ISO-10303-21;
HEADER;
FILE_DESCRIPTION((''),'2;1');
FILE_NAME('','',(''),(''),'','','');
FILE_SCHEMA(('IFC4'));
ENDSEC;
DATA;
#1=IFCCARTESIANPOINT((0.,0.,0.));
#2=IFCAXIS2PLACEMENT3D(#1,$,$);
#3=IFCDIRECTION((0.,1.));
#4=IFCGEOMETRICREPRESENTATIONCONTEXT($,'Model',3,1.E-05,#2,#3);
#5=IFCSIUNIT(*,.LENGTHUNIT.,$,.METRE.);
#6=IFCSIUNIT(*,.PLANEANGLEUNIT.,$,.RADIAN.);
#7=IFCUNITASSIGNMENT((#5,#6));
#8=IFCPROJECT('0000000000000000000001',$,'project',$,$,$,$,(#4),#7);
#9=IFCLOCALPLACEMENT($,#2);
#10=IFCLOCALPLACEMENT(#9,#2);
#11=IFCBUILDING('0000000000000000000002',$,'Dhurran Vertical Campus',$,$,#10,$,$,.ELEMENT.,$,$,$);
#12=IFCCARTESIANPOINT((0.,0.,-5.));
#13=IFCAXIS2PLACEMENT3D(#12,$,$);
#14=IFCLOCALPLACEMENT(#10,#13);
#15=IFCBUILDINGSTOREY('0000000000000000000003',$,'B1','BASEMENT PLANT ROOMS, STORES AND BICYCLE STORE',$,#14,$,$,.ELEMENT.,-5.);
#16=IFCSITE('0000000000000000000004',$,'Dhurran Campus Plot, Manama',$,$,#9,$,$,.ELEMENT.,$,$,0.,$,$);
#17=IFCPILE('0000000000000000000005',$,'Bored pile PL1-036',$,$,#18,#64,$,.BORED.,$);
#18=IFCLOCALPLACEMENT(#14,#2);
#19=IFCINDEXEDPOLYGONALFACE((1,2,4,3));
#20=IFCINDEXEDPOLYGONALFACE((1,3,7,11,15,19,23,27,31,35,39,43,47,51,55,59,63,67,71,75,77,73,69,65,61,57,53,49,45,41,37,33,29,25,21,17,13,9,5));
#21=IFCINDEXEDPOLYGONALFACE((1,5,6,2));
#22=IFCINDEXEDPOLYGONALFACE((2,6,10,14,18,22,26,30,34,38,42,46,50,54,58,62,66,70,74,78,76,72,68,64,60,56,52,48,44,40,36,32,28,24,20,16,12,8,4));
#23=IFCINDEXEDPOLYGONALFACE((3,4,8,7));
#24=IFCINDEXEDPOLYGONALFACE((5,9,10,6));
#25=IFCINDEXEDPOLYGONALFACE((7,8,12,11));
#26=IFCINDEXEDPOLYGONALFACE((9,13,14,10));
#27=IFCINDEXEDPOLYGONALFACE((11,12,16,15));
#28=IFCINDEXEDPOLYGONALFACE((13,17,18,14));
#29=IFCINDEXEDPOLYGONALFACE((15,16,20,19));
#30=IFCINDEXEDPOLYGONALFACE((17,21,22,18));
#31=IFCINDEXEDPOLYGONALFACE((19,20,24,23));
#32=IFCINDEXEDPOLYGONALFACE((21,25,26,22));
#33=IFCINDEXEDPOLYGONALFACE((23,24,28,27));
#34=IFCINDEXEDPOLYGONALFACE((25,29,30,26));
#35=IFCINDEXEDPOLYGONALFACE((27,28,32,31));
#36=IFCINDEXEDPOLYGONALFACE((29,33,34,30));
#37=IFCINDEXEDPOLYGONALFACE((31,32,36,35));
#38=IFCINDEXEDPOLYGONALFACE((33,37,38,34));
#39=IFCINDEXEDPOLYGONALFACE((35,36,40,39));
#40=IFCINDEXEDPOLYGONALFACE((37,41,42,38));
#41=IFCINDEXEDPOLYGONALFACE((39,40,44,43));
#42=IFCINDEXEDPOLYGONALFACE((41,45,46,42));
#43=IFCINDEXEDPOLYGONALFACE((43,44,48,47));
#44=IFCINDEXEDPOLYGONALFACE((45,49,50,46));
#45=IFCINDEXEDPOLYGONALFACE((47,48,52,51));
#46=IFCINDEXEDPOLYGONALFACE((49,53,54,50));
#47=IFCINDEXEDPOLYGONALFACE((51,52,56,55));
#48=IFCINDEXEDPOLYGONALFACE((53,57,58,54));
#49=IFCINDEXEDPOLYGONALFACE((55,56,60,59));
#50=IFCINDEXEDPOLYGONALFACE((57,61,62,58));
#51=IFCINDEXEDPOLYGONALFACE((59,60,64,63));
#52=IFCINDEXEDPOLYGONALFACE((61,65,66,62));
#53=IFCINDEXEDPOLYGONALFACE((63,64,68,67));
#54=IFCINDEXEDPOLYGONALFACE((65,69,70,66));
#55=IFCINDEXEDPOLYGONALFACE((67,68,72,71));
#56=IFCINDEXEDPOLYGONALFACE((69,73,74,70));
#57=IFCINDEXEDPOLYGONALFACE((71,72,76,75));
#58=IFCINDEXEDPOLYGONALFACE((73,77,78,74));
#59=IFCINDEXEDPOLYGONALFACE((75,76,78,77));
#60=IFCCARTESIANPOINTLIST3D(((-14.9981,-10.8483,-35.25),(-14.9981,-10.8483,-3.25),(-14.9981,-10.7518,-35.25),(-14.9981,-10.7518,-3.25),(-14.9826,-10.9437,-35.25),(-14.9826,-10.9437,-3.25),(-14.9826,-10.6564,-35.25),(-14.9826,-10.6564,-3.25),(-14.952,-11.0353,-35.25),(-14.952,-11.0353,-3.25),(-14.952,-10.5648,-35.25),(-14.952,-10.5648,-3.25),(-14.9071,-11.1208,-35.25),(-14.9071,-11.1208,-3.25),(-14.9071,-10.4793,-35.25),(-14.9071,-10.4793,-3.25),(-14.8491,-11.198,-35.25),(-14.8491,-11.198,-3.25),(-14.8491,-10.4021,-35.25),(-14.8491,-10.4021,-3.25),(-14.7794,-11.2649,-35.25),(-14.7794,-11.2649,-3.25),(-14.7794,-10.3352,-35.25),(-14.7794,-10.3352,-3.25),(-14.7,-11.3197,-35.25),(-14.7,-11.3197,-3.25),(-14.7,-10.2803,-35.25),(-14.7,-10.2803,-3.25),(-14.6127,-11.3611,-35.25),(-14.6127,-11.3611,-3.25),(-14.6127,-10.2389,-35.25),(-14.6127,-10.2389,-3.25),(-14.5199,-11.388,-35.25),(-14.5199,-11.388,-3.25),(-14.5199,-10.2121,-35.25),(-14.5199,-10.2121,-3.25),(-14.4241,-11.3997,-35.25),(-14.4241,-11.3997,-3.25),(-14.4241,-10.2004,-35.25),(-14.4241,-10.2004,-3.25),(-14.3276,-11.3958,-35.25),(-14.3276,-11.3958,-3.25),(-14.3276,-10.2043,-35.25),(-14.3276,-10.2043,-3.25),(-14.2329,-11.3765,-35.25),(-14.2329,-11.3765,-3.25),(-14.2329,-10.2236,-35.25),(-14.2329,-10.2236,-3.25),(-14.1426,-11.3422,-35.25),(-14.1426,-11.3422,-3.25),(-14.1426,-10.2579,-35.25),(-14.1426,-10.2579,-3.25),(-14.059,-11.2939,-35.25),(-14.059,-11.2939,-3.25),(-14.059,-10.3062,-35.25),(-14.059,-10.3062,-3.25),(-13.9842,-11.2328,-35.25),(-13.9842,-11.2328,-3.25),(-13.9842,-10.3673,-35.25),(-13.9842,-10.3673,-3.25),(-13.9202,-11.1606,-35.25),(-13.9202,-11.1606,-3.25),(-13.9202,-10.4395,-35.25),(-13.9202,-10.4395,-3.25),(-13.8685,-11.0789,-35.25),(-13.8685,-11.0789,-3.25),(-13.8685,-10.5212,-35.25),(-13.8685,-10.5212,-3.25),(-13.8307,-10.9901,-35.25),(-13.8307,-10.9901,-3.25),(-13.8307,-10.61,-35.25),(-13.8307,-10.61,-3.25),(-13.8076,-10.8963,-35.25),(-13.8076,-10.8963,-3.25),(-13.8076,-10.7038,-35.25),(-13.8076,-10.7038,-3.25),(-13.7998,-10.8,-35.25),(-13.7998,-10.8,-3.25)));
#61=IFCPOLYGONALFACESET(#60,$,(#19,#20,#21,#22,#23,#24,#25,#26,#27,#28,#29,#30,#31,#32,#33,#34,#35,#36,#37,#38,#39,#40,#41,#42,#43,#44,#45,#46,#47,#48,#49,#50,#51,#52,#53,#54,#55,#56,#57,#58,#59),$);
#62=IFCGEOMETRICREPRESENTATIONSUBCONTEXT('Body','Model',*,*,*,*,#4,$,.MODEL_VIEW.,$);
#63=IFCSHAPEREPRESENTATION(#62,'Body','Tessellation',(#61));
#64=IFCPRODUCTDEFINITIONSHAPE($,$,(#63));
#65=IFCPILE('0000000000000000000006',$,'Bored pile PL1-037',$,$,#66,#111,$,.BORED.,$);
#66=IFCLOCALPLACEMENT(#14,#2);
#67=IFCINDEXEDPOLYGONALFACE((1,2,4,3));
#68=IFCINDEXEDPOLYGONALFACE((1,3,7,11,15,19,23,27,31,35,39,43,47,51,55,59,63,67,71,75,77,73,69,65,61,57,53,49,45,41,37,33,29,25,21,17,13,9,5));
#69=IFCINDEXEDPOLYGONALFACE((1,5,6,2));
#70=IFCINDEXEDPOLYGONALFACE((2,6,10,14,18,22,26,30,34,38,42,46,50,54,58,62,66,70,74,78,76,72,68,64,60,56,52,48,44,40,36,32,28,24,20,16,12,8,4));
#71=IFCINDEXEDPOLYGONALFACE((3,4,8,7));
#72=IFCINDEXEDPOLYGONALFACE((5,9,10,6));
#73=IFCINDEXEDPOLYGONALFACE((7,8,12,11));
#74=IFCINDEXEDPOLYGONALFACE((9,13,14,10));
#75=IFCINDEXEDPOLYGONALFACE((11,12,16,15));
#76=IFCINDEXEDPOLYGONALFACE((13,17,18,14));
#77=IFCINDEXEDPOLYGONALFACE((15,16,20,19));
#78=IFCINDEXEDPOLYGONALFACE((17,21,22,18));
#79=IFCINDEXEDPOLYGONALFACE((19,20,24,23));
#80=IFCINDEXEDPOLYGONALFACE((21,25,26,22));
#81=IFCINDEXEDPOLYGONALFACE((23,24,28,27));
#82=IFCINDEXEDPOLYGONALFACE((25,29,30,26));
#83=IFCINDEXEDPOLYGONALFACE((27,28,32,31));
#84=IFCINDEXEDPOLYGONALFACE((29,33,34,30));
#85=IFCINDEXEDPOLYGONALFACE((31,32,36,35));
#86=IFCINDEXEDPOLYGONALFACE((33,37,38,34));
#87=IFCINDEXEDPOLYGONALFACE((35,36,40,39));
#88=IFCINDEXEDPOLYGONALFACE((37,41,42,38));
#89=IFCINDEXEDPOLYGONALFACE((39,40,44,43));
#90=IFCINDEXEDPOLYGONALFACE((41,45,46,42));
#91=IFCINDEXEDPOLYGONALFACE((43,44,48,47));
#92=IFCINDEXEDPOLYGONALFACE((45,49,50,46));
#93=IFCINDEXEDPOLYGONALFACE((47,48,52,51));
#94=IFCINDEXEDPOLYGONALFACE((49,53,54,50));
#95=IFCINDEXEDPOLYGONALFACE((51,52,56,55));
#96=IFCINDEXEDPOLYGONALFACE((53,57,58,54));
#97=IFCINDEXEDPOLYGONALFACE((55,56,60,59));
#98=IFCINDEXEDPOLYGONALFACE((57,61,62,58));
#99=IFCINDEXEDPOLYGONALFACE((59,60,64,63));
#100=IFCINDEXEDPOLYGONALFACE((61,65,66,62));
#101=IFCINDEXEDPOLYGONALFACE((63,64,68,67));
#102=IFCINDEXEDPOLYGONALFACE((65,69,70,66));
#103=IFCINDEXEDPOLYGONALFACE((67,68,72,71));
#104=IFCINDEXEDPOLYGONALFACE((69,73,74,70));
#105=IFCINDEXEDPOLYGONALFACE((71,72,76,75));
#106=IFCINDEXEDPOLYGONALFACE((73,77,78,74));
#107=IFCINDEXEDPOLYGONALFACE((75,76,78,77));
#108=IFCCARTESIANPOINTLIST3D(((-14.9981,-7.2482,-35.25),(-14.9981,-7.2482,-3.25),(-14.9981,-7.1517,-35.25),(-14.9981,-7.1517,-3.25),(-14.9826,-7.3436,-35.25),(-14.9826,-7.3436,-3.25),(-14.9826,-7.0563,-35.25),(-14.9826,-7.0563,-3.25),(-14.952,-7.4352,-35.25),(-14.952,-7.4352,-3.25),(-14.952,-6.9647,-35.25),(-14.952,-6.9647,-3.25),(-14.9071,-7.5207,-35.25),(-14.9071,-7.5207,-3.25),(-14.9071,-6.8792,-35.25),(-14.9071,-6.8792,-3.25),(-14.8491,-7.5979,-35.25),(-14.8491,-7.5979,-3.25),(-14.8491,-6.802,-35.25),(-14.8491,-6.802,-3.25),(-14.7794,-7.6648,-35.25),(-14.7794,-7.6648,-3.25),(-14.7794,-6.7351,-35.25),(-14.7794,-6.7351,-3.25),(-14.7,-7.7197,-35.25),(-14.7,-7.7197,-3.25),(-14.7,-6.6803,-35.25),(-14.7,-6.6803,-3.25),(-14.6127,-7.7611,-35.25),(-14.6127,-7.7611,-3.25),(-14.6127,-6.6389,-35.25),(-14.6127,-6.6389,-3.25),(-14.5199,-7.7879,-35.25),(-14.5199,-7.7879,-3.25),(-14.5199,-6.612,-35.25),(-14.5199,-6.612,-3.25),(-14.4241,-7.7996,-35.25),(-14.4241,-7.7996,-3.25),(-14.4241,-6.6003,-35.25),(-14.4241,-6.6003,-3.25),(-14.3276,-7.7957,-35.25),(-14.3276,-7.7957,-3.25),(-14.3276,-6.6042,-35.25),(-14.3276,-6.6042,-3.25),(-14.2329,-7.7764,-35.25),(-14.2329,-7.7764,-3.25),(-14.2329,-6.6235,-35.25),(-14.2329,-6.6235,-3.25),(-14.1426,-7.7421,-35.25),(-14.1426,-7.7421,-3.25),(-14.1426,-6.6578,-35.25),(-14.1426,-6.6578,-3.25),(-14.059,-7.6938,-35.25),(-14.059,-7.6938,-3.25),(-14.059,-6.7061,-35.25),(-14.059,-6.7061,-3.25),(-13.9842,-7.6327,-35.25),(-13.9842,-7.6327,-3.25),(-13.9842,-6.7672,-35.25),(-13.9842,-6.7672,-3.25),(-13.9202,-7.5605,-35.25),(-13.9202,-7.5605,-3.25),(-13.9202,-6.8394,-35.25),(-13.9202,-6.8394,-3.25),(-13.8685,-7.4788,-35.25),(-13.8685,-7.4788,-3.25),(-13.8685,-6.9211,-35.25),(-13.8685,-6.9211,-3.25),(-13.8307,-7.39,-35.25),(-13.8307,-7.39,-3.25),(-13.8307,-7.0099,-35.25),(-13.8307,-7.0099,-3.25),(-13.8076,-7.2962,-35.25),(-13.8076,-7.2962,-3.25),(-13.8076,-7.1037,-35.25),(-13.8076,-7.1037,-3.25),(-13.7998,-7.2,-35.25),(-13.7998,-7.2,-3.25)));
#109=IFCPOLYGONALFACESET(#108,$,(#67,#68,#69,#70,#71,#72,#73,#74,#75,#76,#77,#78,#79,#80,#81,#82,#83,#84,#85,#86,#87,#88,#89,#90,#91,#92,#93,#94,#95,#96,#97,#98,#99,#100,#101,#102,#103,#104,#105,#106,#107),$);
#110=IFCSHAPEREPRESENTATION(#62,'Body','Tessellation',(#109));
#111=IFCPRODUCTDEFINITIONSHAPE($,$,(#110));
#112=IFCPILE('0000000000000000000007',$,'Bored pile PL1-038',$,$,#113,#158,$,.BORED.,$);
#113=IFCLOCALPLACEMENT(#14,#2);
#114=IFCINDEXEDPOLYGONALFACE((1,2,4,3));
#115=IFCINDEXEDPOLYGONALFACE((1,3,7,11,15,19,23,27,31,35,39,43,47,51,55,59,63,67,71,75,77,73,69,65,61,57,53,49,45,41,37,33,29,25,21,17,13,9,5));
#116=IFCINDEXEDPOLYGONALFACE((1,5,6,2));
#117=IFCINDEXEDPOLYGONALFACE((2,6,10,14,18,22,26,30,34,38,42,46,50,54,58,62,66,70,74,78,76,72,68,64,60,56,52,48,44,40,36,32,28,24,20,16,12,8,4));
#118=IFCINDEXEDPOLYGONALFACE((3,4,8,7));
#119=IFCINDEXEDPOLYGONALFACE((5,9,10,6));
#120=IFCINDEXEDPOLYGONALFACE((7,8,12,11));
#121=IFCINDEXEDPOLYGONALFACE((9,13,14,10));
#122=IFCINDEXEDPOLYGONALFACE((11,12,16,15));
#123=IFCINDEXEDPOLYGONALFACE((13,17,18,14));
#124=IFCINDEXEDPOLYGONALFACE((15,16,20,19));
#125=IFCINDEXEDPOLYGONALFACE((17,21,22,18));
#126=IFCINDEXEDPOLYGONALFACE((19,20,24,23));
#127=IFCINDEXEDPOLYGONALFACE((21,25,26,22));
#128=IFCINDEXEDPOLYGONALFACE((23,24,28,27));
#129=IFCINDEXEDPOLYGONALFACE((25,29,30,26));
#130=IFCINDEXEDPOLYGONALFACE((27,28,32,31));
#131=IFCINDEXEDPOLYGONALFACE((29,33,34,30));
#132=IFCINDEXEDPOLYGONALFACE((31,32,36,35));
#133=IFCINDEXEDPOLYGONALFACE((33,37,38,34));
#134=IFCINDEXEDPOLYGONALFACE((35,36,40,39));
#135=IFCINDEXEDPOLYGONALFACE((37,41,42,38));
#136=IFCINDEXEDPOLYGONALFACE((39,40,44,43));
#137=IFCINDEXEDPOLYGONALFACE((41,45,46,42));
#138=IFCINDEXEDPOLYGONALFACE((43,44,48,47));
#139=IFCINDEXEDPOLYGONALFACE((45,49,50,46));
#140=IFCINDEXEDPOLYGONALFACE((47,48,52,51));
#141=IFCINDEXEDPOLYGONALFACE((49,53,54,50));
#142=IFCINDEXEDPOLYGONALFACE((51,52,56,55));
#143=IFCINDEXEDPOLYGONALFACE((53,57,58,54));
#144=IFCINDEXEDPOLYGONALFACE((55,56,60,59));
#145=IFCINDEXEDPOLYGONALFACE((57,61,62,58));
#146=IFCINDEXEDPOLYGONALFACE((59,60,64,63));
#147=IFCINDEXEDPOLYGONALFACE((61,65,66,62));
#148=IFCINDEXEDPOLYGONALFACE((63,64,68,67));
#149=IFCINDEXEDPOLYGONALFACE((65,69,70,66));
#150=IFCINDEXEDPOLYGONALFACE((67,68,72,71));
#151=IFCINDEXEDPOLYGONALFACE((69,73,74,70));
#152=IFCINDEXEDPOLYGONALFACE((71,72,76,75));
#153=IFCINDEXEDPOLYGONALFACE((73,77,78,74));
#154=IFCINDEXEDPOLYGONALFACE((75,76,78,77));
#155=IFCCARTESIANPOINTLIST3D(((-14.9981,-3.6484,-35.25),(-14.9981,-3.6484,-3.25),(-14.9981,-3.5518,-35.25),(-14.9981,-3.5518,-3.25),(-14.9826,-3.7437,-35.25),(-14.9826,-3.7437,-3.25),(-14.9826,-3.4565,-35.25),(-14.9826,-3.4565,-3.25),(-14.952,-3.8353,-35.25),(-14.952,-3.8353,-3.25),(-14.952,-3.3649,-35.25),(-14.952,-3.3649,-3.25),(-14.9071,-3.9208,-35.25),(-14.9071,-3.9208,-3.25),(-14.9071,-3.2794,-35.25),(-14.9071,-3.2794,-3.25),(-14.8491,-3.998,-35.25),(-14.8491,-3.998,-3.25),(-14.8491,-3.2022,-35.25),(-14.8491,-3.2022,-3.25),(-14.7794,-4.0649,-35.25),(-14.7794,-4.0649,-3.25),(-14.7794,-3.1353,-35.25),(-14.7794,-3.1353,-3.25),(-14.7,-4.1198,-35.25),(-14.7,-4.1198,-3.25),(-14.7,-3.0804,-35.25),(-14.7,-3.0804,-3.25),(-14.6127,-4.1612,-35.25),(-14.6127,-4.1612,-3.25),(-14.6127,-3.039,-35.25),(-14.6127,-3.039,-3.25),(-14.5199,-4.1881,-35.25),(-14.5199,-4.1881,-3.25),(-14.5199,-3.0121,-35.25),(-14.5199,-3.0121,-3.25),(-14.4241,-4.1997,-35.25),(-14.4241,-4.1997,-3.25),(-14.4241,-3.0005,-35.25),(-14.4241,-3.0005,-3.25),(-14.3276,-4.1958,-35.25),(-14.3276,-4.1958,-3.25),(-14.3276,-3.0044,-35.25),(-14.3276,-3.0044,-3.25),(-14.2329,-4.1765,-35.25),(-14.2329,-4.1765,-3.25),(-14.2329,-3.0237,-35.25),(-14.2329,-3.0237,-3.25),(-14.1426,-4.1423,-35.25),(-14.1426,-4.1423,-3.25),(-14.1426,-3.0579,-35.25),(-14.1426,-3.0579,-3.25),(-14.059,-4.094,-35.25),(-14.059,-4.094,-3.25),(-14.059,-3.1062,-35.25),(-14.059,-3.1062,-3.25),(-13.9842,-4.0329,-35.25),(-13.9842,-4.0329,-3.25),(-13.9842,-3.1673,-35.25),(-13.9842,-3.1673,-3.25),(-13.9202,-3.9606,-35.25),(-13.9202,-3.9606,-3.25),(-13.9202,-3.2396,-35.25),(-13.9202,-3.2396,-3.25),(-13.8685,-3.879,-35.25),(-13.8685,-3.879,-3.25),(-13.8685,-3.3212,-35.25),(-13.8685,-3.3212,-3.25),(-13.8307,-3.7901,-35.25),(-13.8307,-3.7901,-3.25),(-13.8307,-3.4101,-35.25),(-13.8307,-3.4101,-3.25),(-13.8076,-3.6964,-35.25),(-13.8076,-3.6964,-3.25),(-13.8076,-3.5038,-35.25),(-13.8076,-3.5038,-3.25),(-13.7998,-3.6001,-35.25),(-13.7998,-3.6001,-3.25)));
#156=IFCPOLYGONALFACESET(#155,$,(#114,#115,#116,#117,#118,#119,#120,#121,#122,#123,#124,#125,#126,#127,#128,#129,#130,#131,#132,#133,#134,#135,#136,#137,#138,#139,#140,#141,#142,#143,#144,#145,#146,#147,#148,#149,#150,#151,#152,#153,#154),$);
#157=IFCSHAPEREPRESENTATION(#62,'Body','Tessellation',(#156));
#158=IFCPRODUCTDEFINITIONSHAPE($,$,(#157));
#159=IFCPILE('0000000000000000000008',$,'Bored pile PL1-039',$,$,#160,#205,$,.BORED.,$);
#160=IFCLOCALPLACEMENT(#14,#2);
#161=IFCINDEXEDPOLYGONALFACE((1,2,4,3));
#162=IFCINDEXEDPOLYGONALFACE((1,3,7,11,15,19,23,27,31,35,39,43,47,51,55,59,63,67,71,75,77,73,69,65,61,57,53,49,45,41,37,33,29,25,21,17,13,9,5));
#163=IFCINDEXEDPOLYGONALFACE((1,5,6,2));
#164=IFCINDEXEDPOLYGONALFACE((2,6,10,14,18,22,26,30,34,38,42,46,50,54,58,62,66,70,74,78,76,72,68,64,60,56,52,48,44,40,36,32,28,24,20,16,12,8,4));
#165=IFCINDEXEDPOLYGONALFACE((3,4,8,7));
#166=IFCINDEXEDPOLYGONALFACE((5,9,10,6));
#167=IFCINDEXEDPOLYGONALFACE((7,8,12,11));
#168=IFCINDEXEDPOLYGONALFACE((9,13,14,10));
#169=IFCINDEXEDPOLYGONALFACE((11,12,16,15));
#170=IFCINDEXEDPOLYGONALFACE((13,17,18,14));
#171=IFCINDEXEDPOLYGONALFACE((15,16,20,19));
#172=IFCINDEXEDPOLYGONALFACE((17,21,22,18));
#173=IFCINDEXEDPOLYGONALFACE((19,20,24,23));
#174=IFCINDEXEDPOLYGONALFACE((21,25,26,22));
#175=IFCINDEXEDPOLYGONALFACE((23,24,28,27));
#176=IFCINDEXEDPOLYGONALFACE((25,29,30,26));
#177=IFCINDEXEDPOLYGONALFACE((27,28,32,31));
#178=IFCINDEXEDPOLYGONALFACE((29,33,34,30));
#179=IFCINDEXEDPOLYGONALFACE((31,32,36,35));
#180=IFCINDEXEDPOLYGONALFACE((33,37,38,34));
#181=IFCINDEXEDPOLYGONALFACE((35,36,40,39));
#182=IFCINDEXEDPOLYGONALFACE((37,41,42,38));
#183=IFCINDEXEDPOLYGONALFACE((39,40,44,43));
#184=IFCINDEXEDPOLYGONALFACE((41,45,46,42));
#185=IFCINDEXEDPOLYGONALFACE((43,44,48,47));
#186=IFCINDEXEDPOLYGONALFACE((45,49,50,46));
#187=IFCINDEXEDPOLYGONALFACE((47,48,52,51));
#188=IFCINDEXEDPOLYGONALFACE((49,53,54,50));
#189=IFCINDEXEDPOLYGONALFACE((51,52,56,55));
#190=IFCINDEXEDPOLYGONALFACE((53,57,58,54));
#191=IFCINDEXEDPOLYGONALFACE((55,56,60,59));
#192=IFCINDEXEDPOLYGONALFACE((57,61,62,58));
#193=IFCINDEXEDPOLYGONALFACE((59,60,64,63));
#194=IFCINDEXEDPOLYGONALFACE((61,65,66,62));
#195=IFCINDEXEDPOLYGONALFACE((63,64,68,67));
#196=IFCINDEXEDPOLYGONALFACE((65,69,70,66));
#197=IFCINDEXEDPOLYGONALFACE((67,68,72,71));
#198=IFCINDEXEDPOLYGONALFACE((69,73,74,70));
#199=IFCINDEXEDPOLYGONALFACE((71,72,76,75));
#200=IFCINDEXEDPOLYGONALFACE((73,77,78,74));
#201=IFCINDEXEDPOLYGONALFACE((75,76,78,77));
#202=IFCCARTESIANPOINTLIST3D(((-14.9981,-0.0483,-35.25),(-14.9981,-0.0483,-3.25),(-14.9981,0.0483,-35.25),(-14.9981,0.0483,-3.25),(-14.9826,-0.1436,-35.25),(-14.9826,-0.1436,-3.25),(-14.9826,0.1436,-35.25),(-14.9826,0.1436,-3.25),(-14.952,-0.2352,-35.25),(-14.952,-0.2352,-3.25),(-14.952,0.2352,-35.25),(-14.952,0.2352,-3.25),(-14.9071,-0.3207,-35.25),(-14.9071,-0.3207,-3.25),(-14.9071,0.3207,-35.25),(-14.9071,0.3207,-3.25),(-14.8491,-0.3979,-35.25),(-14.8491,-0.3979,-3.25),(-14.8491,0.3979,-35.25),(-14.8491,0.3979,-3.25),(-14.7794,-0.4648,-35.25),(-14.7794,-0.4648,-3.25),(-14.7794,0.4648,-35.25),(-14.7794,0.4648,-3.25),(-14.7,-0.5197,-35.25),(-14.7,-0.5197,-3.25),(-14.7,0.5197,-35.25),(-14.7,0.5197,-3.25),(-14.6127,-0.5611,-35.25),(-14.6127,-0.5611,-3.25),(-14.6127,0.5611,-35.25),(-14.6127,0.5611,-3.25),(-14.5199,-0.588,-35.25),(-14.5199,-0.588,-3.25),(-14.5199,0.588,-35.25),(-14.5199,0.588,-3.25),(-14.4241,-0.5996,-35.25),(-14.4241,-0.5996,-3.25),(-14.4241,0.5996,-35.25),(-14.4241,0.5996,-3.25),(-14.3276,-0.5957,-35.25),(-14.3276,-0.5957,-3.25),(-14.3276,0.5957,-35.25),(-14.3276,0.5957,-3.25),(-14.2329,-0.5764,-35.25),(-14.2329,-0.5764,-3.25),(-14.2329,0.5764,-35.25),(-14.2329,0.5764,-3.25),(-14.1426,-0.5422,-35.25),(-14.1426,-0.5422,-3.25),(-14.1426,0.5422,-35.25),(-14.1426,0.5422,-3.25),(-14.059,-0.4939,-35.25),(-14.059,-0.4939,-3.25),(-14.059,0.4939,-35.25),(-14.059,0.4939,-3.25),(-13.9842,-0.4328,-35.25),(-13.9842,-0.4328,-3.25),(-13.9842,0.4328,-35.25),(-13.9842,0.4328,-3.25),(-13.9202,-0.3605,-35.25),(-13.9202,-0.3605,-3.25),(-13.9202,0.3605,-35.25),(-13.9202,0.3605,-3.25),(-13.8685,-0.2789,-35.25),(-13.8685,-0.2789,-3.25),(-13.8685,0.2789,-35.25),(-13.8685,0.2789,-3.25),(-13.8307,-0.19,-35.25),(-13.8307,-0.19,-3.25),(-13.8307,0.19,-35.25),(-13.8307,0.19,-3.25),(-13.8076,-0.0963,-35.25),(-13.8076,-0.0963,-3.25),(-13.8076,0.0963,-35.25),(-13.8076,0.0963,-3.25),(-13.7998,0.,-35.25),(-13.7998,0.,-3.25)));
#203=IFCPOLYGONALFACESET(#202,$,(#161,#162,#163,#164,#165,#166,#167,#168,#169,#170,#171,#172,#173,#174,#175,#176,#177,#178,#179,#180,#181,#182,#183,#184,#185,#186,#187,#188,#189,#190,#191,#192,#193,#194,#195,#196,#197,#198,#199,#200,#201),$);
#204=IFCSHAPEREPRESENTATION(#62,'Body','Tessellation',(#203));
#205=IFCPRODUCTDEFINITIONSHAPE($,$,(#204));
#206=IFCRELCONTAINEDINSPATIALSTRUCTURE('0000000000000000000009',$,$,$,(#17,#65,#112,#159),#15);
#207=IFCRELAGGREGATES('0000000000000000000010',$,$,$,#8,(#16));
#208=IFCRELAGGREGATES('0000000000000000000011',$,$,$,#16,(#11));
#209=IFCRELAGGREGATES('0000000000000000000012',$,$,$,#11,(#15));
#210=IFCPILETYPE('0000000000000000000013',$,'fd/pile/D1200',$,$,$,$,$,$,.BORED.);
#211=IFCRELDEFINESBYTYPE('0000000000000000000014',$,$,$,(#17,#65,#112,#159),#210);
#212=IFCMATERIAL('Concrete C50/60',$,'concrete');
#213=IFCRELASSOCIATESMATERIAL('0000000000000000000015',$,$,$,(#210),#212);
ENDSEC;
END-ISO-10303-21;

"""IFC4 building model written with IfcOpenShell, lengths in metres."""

from ifc_helpers import new_model, si_unit, direction, frame, origin, origin_2d, place, context, subcontext, project, spatial, circle, extrude, material, material_profile, profile_set, type_object, element, save


model = new_model("IFC4")

# Units and contexts
model_context = context("Model", 3, precision=1e-05, world=origin(), true_north=direction((0.0, 1.0)))
body_context = subcontext(model_context, "Body", "Model", "MODEL_VIEW")
ifc_project = project(units=[si_unit("LENGTHUNIT", "METRE"), si_unit("PLANEANGLEUNIT", "RADIAN")], contexts=[model_context])

# Site, building, storey
site_placement = place(None, origin())
site = spatial("IfcSite", under=ifc_project, at=site_placement, Name="Dhurran Campus Plot, Manama", CompositionType="ELEMENT", RefElevation=0.0)
building_placement = place(site_placement, origin())
building = spatial("IfcBuilding", under=site, at=building_placement, Name="Dhurran Vertical Campus", CompositionType="ELEMENT")
storey_placement = place(building_placement, frame((0.0, 0.0, -5.0)))
storey = spatial("IfcBuildingStorey", under=building, at=storey_placement, Name="B1", Description="BASEMENT PLANT ROOMS, STORES AND BICYCLE STORE", CompositionType="ELEMENT", Elevation=-5.0)

# Piles
ifc_material_1 = material(Name="Concrete C50/60", Category="concrete")
ifc_material_profile = material_profile(ifc_material_1, circle(Radius=0.6001, at=origin_2d()), Name="fd/pile/D1200")
ifc_profile_set = profile_set([ifc_material_profile], Name="Concrete C50/60")
pile_type = type_object("IfcPileType", Name="fd/pile/D1200", PredefinedType="BORED", material=ifc_profile_set)
for number, where, z_axis, x_axis, name in (
    (1, (-14.3999, -10.8, -3.25), (0.0, 0.0, -1.0), (1.0, 0.0, 0.0), "Bored pile PL1-036"),
    (2, (-14.3999, -7.2, -3.25), (0.0, 0.0, -1.0), (1.0, 0.0, 0.0), "Bored pile PL1-037"),
    (3, (-14.3999, -3.6001, -3.25), (0.0, 0.0, -1.0), (1.0, 0.0, 0.0), "Bored pile PL1-038"),
    (4, (-14.3999, 0.0, -3.25), (0.0, 0.0, -1.0), (1.0, 0.0, 0.0), "Bored pile PL1-039"),
):
    element("IfcPile", number, at=place(storey_placement, frame(where, z_axis=z_axis, x_axis=x_axis)), inside=storey, type_object=pile_type, Name=name, PredefinedType="BORED", context=body_context, shape_type="SweptSolid", body=[
        extrude(circle(Radius=0.6001, at=origin_2d()), origin(), (0.0, 0.0, 1.0), 32.0),
    ])

save(model, "model.ifc")
